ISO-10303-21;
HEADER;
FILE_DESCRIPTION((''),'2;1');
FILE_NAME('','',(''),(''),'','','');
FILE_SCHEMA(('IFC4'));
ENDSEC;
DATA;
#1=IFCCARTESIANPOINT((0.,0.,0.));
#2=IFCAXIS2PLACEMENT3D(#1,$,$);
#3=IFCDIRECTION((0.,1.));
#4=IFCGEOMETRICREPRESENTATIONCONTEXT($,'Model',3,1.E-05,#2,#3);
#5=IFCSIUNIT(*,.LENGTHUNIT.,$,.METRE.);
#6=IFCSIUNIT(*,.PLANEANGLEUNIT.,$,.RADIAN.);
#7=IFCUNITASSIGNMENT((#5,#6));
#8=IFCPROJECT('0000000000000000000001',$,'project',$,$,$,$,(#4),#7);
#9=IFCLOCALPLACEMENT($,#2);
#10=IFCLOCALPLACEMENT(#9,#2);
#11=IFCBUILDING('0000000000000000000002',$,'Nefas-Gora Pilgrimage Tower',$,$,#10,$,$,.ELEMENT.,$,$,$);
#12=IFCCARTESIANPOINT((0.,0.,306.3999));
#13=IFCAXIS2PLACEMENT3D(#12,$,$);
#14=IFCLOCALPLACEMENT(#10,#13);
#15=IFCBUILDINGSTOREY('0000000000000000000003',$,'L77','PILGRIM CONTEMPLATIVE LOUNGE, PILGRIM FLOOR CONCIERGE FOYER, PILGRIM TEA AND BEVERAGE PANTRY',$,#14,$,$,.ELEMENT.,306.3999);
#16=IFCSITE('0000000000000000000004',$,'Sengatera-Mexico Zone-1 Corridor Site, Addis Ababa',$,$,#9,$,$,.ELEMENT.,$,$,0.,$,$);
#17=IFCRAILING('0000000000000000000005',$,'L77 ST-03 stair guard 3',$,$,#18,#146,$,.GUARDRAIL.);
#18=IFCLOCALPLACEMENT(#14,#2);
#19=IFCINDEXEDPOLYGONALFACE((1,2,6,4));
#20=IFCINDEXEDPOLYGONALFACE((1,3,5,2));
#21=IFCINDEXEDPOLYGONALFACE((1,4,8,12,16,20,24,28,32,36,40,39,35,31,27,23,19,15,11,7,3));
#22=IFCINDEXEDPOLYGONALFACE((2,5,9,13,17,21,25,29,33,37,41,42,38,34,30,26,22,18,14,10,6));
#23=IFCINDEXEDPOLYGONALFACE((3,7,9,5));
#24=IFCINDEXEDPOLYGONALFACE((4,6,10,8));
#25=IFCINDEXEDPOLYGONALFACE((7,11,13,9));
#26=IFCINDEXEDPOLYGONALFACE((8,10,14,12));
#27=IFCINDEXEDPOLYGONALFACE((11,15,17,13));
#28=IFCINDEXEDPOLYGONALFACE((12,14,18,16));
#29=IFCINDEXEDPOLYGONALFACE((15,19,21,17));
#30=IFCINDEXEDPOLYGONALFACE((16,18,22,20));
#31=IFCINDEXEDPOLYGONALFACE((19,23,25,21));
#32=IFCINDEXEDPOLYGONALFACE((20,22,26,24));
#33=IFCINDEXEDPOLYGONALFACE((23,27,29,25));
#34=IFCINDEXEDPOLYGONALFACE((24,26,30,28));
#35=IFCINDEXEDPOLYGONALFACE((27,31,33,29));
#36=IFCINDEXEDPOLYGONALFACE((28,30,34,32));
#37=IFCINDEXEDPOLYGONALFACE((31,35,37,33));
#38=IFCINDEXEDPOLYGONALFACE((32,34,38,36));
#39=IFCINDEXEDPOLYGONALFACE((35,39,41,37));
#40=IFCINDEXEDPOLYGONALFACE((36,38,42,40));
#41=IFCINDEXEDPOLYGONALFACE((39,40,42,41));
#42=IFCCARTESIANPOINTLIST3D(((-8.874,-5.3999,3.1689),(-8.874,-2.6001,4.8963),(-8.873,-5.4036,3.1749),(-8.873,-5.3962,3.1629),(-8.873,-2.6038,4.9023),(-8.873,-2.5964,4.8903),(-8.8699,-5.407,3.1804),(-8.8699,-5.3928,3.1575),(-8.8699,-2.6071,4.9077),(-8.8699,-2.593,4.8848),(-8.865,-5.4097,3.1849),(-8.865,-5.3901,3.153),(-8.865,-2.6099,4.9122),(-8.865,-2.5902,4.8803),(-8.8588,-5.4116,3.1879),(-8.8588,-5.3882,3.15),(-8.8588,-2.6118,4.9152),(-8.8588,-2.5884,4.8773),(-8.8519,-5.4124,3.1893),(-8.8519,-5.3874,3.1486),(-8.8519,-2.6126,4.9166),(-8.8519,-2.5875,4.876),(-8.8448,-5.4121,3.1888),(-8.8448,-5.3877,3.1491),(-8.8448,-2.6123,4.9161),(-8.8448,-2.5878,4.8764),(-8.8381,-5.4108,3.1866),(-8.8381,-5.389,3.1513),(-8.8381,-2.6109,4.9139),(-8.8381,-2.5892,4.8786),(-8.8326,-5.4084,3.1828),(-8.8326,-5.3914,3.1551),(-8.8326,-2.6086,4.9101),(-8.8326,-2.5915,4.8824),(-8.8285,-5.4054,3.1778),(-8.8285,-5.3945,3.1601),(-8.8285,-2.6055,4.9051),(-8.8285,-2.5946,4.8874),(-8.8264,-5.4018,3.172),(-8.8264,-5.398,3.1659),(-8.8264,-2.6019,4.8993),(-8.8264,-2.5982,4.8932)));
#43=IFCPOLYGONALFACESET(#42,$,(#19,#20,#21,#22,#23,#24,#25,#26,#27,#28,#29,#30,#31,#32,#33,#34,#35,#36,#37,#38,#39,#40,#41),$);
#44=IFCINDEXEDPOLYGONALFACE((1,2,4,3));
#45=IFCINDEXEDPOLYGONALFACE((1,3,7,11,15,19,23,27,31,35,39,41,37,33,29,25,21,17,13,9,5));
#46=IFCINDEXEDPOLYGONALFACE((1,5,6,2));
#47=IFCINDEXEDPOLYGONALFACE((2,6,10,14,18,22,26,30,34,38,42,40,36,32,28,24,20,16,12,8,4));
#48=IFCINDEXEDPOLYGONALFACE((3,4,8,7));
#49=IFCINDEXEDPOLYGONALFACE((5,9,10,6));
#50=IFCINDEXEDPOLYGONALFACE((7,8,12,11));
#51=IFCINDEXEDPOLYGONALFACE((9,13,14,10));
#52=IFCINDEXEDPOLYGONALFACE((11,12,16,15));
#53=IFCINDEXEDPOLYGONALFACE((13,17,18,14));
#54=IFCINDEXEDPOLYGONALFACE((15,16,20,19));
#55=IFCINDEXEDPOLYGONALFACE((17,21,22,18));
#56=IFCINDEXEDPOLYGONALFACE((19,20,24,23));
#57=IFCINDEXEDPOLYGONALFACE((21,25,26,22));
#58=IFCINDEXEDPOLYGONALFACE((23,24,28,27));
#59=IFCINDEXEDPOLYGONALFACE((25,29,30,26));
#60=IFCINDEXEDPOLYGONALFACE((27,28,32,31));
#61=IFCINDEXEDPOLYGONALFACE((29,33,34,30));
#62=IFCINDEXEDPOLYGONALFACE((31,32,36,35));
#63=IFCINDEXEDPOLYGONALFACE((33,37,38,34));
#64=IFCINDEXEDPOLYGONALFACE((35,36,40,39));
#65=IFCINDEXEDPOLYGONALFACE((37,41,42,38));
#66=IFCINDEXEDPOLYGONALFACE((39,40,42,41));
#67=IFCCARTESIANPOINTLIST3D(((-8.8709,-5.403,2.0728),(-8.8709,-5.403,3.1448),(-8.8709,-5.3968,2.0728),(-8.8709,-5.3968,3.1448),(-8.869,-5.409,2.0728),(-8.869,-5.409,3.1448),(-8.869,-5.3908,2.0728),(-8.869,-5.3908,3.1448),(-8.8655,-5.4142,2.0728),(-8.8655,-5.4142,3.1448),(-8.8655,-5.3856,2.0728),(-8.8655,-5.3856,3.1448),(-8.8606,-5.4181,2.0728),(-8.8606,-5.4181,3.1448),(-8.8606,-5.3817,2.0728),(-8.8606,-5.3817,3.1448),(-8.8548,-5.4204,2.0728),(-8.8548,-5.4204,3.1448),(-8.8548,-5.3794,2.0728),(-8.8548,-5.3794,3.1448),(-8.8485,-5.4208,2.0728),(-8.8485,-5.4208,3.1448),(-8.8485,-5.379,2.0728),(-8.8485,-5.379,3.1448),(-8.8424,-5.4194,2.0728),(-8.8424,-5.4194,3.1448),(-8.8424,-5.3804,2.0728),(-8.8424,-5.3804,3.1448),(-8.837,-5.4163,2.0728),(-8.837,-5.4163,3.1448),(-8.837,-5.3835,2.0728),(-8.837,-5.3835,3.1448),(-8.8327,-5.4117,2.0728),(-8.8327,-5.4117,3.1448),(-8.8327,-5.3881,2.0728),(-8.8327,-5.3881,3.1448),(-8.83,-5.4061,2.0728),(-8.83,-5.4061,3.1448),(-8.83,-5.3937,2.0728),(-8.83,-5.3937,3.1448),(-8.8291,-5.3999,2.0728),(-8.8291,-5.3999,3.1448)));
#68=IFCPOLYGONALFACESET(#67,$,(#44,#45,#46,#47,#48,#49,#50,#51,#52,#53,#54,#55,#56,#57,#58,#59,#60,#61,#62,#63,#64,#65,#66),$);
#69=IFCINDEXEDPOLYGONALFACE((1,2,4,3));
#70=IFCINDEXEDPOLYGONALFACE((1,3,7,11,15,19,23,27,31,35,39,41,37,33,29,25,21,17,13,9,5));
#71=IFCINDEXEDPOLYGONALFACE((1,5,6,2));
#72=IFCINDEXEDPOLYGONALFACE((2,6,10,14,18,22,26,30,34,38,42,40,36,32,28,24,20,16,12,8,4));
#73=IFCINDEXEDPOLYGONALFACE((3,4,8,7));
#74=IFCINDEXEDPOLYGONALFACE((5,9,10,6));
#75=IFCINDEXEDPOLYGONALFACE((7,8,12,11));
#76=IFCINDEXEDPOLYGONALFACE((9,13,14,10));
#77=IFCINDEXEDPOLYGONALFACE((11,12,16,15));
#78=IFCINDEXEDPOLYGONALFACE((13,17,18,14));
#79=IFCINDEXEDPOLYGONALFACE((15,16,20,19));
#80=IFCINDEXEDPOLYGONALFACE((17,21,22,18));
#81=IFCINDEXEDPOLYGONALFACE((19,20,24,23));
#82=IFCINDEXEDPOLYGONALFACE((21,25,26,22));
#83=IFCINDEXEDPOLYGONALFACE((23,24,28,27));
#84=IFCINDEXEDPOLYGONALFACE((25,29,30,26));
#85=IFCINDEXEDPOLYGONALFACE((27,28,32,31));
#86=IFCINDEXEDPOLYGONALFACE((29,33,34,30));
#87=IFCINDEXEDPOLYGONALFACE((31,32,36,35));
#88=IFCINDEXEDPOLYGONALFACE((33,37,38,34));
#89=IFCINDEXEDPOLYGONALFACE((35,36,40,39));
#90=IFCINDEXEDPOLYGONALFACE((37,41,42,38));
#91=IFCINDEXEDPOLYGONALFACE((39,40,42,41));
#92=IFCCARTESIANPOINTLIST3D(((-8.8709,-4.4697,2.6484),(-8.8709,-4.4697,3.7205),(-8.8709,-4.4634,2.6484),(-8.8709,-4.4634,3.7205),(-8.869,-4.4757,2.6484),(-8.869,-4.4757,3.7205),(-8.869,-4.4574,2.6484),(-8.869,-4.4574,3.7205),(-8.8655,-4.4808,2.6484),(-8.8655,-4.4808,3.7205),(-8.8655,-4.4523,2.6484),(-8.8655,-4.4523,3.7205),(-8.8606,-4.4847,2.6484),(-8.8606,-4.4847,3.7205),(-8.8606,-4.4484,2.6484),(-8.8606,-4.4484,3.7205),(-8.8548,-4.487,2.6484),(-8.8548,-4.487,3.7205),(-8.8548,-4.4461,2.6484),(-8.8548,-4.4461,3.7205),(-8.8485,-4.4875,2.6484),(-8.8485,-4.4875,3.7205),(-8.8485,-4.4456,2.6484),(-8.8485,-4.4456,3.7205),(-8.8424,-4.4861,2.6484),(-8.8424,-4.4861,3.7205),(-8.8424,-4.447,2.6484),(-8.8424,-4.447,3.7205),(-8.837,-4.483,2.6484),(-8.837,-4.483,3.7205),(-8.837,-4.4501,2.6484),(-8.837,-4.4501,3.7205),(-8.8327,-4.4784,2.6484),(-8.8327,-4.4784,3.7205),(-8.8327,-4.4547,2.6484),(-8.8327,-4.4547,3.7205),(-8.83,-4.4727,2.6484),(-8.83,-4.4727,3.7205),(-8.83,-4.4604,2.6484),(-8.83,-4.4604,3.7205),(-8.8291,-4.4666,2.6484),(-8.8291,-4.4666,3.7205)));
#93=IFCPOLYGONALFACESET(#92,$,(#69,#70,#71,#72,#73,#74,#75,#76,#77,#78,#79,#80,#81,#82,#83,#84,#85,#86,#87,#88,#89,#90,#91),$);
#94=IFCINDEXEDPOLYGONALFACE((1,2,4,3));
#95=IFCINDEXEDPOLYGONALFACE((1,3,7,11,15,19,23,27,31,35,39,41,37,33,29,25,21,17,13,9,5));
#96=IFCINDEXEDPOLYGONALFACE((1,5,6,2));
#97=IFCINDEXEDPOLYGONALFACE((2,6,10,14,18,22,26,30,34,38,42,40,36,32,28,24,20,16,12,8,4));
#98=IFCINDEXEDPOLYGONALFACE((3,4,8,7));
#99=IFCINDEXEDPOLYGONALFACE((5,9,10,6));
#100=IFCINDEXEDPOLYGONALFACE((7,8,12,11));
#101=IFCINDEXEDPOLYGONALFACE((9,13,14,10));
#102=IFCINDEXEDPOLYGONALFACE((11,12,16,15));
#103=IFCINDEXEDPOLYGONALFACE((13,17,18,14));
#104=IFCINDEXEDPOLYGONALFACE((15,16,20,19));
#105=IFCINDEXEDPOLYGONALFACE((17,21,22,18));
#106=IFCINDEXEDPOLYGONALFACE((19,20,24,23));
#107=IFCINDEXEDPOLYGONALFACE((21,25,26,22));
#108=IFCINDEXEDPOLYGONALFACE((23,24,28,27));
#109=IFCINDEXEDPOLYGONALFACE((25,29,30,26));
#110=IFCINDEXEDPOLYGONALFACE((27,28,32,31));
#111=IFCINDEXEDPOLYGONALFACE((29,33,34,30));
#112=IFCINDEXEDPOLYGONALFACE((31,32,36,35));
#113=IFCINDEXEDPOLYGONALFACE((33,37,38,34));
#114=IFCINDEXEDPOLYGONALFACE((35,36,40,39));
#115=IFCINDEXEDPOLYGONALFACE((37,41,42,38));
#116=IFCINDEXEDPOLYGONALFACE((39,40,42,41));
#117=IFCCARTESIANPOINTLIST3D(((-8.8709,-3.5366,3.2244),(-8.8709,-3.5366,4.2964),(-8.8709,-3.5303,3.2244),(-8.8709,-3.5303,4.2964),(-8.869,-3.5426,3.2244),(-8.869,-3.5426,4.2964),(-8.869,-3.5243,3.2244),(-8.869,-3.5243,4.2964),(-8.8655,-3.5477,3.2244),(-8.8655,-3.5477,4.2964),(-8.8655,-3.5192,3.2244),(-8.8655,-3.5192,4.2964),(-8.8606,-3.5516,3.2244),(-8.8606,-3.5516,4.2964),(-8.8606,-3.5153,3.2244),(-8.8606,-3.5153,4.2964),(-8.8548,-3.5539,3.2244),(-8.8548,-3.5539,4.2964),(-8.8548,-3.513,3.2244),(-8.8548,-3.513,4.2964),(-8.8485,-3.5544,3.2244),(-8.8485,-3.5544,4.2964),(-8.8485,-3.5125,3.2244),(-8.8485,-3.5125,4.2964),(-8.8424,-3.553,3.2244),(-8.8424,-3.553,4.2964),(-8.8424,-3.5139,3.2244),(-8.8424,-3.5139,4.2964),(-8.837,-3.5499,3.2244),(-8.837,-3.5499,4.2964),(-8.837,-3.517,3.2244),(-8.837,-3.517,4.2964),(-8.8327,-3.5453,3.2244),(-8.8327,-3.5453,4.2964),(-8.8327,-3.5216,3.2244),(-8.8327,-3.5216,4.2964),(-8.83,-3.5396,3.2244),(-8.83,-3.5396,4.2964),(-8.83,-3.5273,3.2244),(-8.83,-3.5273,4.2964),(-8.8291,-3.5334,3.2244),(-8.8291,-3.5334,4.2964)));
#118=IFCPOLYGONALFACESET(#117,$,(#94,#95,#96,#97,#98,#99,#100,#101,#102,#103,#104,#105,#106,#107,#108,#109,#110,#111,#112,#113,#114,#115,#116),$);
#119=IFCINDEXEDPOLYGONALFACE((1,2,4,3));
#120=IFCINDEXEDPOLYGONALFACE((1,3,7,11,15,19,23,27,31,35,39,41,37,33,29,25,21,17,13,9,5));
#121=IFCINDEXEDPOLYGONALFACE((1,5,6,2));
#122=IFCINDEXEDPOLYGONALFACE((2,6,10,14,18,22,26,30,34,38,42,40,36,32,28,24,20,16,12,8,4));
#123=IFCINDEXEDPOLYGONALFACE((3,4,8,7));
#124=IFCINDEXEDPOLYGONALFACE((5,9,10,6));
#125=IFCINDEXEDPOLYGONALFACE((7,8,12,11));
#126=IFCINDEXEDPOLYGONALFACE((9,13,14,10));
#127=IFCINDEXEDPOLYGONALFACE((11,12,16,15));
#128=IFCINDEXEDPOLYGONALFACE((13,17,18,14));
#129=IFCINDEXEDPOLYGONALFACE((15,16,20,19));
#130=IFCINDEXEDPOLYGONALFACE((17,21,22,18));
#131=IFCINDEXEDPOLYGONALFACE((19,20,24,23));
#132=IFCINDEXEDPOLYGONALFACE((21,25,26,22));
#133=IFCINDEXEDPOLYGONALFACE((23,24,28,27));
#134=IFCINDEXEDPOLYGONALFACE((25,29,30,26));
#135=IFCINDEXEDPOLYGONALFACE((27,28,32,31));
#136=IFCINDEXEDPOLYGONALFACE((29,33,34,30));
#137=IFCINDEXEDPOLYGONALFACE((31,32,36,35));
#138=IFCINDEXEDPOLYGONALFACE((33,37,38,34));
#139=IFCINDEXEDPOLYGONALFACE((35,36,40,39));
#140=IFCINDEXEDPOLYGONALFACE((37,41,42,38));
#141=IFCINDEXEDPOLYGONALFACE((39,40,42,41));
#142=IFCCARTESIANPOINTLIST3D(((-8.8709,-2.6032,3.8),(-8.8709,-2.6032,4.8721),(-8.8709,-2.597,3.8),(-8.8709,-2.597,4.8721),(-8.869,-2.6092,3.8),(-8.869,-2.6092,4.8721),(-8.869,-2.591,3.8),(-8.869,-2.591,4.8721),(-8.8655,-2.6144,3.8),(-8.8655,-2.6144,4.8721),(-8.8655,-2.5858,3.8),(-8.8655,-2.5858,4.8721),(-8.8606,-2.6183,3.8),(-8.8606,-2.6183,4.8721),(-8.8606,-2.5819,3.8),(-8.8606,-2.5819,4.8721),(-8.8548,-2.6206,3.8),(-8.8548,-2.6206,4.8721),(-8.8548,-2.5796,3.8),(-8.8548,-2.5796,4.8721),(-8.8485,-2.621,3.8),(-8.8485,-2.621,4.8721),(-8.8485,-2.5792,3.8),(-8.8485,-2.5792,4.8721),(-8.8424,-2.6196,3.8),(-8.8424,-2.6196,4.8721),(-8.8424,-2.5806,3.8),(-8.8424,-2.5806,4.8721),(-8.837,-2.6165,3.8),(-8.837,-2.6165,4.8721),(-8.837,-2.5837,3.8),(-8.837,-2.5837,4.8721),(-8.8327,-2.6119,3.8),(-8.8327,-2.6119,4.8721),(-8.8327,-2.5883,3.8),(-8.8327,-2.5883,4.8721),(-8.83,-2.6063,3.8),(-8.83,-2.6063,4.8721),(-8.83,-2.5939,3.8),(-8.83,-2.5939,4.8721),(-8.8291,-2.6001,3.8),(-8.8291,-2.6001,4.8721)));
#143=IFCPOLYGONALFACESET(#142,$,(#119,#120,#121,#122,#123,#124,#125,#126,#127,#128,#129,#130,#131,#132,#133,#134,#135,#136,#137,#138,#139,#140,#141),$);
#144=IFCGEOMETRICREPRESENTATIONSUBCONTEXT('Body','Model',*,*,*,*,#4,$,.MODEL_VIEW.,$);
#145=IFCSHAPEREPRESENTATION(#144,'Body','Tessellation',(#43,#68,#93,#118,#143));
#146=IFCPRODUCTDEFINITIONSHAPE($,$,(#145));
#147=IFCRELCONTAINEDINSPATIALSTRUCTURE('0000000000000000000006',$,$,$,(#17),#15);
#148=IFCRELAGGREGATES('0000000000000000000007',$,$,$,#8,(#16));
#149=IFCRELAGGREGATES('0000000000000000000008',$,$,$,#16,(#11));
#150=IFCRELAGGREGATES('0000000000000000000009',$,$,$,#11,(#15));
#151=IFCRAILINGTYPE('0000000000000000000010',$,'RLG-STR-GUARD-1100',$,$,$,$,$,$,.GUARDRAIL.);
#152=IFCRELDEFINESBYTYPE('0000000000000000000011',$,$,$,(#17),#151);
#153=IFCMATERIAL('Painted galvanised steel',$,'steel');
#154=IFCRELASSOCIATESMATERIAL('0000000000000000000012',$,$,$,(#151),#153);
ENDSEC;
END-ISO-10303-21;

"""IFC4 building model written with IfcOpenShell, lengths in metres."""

from ifc_helpers import new_model, si_unit, direction, frame, origin, origin_2d, place, context, subcontext, project, spatial, circle, extrude, material, type_object, element, save


model = new_model("IFC4")

# Units and contexts
model_context = context("Model", 3, precision=1e-05, world=origin(), true_north=direction((0.0, 1.0)))
body_context = subcontext(model_context, "Body", "Model", "MODEL_VIEW")
ifc_project = project(units=[si_unit("LENGTHUNIT", "METRE"), si_unit("PLANEANGLEUNIT", "RADIAN")], contexts=[model_context])

# Site, building, storey
site_placement = place(None, origin())
site = spatial("IfcSite", under=ifc_project, at=site_placement, Name="Sengatera-Mexico Zone-1 Corridor Site, Addis Ababa", CompositionType="ELEMENT", RefElevation=0.0)
building_placement = place(site_placement, origin())
building = spatial("IfcBuilding", under=site, at=building_placement, Name="Nefas-Gora Pilgrimage Tower", CompositionType="ELEMENT")
storey_placement = place(building_placement, frame((0.0, 0.0, 306.3999)))
storey = spatial("IfcBuildingStorey", under=building, at=storey_placement, Name="L77", Description="PILGRIM CONTEMPLATIVE LOUNGE, PILGRIM FLOOR CONCIERGE FOYER, PILGRIM TEA AND BEVERAGE PANTRY", CompositionType="ELEMENT", Elevation=306.3999)

# Railing
ifc_material_1 = material(Name="Painted galvanised steel", Category="steel")
railing_type_1 = type_object("IfcRailingType", Name="RLG-STR-GUARD-1100", PredefinedType="GUARDRAIL", material=ifc_material_1)
railing_1_placement = place(storey_placement, frame((-8.8501, -5.3999, 2.0728)))
element("IfcRailing", 1, at=railing_1_placement, inside=storey, type_object=railing_type_1, Name="L77 ST-03 stair guard 3", PredefinedType="GUARDRAIL", context=body_context, shape_type="SweptSolid", body=[
    extrude(circle(Radius=0.0239, at=origin_2d()), frame((0.0, 0.0, 1.0962), z_axis=(0.0, 0.851069, 0.525054), x_axis=(-1.0, 0.0, 0.0)), (0.0, 0.0, 1.0), 3.2898),
    extrude(circle(Radius=0.021, at=origin_2d()), origin(), (0.0, 0.0, 1.0), 1.072),
    extrude(circle(Radius=0.021, at=origin_2d()), frame((0.0, 0.9333, 0.5757)), (0.0, 0.0, 1.0), 1.072),
    extrude(circle(Radius=0.021, at=origin_2d()), frame((0.0, 1.8665, 1.1516)), (0.0, 0.0, 1.0), 1.072),
    extrude(circle(Radius=0.021, at=origin_2d()), frame((0.0, 2.7998, 1.7273)), (0.0, 0.0, 1.0), 1.072),
])

save(model, "model.ifc")
